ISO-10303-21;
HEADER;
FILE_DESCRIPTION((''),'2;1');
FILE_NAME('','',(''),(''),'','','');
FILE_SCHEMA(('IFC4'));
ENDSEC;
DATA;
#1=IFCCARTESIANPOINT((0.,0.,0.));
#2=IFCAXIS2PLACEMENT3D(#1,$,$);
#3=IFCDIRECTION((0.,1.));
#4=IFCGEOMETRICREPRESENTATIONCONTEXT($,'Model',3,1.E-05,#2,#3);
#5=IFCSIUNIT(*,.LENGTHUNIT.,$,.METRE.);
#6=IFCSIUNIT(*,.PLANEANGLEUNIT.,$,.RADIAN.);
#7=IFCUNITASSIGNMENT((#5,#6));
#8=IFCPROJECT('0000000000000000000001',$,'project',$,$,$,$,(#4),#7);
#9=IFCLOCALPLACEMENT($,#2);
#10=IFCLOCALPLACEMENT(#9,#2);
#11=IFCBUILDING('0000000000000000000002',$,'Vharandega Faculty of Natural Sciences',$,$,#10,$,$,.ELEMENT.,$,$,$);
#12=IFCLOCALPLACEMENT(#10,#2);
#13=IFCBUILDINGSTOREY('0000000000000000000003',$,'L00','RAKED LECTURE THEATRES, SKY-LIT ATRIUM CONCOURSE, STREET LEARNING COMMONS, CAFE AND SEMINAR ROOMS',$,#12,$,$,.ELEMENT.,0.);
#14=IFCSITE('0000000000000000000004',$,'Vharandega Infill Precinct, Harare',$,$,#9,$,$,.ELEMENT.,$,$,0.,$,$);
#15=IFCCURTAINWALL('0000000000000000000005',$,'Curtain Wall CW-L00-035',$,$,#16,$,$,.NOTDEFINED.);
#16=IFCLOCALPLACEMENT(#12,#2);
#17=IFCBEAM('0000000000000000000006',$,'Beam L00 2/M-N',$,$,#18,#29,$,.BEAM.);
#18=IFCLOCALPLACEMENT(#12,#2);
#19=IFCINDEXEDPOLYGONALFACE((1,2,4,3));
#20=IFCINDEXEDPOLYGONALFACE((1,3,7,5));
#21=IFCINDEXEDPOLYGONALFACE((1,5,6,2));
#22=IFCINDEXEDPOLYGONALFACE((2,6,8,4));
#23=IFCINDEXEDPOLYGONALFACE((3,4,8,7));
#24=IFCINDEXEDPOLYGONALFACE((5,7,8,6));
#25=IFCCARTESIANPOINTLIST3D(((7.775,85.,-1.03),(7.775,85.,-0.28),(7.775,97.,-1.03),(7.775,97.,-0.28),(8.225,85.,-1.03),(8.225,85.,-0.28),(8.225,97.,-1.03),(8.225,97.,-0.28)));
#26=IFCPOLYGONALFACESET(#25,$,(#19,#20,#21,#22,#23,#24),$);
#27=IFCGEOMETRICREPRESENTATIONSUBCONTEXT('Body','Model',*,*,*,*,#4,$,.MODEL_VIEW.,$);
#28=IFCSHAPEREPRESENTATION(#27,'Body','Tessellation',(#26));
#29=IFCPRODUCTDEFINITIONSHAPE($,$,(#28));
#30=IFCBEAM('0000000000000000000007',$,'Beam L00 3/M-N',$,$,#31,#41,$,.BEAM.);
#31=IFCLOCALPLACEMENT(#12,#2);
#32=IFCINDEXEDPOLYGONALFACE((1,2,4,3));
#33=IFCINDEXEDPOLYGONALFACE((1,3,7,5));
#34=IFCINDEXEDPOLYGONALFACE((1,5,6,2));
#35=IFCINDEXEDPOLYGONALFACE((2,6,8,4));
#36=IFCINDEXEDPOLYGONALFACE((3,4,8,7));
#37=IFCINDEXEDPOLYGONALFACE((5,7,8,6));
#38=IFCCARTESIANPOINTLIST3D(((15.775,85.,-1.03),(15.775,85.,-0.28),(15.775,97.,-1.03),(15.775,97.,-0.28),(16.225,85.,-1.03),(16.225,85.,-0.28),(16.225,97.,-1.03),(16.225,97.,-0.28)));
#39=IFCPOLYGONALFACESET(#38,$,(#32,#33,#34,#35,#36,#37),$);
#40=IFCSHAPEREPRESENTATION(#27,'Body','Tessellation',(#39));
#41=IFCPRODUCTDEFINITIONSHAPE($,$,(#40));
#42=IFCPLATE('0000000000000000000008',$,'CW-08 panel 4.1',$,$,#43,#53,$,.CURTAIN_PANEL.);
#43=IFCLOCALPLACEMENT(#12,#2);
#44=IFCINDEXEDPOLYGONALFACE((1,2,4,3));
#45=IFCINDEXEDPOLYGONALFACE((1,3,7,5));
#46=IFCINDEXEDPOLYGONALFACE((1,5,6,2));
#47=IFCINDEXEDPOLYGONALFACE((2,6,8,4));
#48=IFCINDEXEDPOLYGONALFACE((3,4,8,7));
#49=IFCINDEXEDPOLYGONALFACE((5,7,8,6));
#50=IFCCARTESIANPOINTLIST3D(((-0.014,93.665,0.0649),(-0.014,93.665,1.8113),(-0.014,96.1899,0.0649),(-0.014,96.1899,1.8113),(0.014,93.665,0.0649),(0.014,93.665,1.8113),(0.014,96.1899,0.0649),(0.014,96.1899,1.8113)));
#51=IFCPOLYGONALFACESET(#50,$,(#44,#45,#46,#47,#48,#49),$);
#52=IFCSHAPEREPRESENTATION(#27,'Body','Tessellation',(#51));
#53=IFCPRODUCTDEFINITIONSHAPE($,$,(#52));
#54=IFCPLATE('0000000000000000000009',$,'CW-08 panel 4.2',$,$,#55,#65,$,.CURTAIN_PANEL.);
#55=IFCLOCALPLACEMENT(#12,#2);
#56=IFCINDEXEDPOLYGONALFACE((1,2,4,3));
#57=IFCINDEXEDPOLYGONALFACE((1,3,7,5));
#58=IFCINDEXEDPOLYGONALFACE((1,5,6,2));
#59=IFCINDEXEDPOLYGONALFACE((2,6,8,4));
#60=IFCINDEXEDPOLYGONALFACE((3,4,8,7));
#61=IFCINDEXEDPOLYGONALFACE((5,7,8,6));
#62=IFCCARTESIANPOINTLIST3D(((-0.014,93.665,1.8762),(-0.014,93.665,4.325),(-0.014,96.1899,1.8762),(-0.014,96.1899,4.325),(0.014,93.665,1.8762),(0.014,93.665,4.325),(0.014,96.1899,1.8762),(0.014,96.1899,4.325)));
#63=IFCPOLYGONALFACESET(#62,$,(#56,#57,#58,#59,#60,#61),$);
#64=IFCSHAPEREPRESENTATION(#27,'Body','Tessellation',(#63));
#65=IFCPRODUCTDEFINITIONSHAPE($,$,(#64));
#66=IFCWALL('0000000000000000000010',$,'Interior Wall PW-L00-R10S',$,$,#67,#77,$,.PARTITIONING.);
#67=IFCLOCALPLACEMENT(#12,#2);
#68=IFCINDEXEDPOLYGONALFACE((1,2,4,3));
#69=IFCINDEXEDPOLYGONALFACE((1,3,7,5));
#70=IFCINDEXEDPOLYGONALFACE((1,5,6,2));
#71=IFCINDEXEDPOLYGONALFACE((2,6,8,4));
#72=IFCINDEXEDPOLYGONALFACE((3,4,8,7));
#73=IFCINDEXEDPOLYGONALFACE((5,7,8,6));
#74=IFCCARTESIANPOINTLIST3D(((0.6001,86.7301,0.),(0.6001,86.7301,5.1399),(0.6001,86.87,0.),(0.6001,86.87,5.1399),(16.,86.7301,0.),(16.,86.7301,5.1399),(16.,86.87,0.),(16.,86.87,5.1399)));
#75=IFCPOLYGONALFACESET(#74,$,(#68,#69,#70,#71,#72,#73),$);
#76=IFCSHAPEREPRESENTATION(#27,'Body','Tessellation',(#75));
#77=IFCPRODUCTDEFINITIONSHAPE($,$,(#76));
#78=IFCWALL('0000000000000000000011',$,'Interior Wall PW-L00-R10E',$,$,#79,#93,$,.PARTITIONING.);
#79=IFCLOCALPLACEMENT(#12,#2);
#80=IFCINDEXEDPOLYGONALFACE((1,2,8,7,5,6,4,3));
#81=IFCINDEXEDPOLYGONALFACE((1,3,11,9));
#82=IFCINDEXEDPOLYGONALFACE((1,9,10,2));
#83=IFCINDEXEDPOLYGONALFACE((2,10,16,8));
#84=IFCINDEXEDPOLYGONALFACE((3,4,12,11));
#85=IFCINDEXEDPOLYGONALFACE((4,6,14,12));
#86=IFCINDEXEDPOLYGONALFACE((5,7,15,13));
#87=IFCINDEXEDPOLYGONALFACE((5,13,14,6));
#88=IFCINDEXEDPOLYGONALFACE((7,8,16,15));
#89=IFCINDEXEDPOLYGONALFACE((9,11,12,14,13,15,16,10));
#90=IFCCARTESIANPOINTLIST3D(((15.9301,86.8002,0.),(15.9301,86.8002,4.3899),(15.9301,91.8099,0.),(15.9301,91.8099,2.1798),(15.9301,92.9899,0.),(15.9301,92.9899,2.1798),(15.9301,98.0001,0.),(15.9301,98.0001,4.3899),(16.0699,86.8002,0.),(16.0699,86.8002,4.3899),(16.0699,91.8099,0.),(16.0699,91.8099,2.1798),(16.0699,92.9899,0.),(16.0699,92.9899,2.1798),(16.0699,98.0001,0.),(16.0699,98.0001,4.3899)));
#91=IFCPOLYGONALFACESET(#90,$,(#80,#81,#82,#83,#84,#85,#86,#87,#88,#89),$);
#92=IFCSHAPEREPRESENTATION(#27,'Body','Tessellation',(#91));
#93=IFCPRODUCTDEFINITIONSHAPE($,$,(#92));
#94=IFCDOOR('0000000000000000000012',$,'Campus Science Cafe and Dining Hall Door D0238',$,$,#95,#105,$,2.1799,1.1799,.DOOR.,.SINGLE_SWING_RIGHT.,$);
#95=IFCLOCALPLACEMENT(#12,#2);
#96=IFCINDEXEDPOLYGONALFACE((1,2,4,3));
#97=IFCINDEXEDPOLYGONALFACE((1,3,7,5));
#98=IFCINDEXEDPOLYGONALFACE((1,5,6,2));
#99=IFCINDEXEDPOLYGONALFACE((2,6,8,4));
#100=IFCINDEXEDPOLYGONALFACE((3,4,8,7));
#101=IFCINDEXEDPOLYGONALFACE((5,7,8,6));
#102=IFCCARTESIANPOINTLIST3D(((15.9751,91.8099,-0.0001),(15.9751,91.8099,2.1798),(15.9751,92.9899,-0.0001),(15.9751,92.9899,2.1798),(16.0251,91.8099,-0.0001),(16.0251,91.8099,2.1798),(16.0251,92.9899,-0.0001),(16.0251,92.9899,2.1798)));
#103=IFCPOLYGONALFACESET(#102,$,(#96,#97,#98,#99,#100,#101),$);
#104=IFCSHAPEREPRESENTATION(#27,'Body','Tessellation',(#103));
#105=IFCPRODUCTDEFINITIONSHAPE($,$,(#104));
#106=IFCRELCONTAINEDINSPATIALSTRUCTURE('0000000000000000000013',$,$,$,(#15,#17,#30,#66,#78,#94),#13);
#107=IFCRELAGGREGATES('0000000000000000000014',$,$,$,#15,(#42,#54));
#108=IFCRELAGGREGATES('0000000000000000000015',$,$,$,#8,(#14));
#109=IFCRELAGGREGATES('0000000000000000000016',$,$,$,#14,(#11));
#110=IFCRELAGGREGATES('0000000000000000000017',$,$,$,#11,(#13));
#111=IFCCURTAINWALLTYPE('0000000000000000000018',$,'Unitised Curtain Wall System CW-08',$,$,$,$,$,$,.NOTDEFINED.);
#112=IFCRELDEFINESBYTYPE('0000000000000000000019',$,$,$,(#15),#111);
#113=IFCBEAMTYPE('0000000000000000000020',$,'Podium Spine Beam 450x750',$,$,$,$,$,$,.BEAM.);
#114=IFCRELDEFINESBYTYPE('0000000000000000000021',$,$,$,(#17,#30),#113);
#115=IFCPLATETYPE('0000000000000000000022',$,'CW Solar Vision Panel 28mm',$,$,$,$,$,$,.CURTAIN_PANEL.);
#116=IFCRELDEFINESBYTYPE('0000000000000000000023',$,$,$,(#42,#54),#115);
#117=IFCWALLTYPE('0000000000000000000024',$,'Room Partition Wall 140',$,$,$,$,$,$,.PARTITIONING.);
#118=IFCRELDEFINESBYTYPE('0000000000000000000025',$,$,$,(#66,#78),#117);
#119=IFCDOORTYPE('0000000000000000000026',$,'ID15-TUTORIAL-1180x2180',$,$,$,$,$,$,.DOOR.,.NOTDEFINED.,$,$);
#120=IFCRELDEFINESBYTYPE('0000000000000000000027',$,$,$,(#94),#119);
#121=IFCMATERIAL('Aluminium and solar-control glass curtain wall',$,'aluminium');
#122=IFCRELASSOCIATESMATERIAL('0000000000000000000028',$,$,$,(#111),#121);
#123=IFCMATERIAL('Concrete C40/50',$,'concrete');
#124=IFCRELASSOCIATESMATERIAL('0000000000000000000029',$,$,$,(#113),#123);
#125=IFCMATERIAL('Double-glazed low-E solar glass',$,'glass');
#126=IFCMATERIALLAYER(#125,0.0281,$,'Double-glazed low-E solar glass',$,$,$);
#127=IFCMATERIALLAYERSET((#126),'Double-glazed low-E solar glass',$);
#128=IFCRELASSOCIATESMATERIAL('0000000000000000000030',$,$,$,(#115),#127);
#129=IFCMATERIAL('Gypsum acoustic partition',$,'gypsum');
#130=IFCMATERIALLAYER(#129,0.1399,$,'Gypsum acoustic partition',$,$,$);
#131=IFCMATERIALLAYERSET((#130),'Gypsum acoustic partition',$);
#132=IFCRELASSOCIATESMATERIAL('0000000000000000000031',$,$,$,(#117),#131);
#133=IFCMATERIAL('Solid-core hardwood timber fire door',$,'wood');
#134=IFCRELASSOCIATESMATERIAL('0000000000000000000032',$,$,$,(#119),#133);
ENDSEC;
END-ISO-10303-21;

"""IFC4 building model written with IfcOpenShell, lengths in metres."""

from ifc_helpers import new_model, si_unit, direction, frame, frame_2d, origin, origin_2d, place, context, subcontext, project, spatial, rectangle, extrude, material, layer, layer_set, material_profile, profile_set, type_object, element, fill, aggregate, save


model = new_model("IFC4")

# Units and contexts
model_context = context("Model", 3, precision=1e-05, world=origin(), true_north=direction((0.0, 1.0)))
body_context = subcontext(model_context, "Body", "Model", "MODEL_VIEW")
ifc_project = project(units=[si_unit("LENGTHUNIT", "METRE"), si_unit("PLANEANGLEUNIT", "RADIAN")], contexts=[model_context])

# Site, building, storey
site_placement = place(None, origin())
site = spatial("IfcSite", under=ifc_project, at=site_placement, Name="Vharandega Infill Precinct, Harare", CompositionType="ELEMENT", RefElevation=0.0)
building_placement = place(site_placement, origin())
building = spatial("IfcBuilding", under=site, at=building_placement, Name="Vharandega Faculty of Natural Sciences", CompositionType="ELEMENT")
storey_placement = place(building_placement, origin())
storey = spatial("IfcBuildingStorey", under=building, at=storey_placement, Name="L00", Description="RAKED LECTURE THEATRES, SKY-LIT ATRIUM CONCOURSE, STREET LEARNING COMMONS, CAFE AND SEMINAR ROOMS", CompositionType="ELEMENT", Elevation=0.0)

# Curtain wall
ifc_material_1 = material(Name="Aluminium and solar-control glass curtain wall", Category="aluminium")
curtain_wall_type = type_object("IfcCurtainWallType", Name="Unitised Curtain Wall System CW-08", PredefinedType="NOTDEFINED", material=ifc_material_1)
curtain_wall_placement = place(storey_placement, origin())
curtain_wall = element("IfcCurtainWall", 1, at=curtain_wall_placement, inside=storey, type_object=curtain_wall_type, Name="Curtain Wall CW-L00-035", PredefinedType="NOTDEFINED")

# Beams
ifc_material_2 = material(Name="Concrete C40/50", Category="concrete")
ifc_material_profile_1 = material_profile(ifc_material_2, rectangle(XDim=0.45, YDim=0.75, at=origin_2d()), Name="RC 450x750")
ifc_profile_set_1 = profile_set([ifc_material_profile_1], Name="Concrete C40/50")
beam_type_1 = type_object("IfcBeamType", Name="Podium Spine Beam 450x750", PredefinedType="BEAM", material=ifc_profile_set_1)
for number, where, z_axis, x_axis, name in (
    (2, (8.0, 85.0, -0.655), (0.0, 1.0, 0.0), (-1.0, 0.0, 0.0), "Beam L00 2/M-N"),
    (3, (16.0, 85.0, -0.655), (0.0, 1.0, 0.0), (-1.0, 0.0, 0.0), "Beam L00 3/M-N"),
):
    element("IfcBeam", number, at=place(storey_placement, frame(where, z_axis=z_axis, x_axis=x_axis)), inside=storey, type_object=beam_type_1, Name=name, PredefinedType="BEAM", context=body_context, shape_type="SweptSolid", body=[
        extrude(rectangle(XDim=0.45, YDim=0.75, at=origin_2d()), origin(), (0.0, 0.0, 1.0), 12.0),
    ])

# Plates
ifc_material_3 = material(Name="Double-glazed low-E solar glass", Category="glass")
ifc_layer_1 = layer(ifc_material_3, 0.0281, Name="Double-glazed low-E solar glass")
ifc_layer_set_1 = layer_set([ifc_layer_1], Name="Double-glazed low-E solar glass")
plate_type = type_object("IfcPlateType", Name="CW Solar Vision Panel 28mm", PredefinedType="CURTAIN_PANEL", material=ifc_layer_set_1)
plate_1_placement = place(storey_placement, frame((0.0, 94.9275, 0.0649), z_axis=(0.0, 0.0, 1.0), x_axis=(0.0, 1.0, 0.0)))
plate_1 = element("IfcPlate", 4, at=plate_1_placement, type_object=plate_type, Name="CW-08 panel 4.1", PredefinedType="CURTAIN_PANEL", context=body_context, shape_type="SweptSolid", body=[
    extrude(rectangle(XDim=2.5249, YDim=0.0281, at=origin_2d()), origin(), (0.0, 0.0, 1.0), 1.7463),
])
plate_2_placement = place(storey_placement, frame((0.0, 94.9275, 1.8762), z_axis=(0.0, 0.0, 1.0), x_axis=(0.0, 1.0, 0.0)))
plate_2 = element("IfcPlate", 5, at=plate_2_placement, type_object=plate_type, Name="CW-08 panel 4.2", PredefinedType="CURTAIN_PANEL", context=body_context, shape_type="SweptSolid", body=[
    extrude(rectangle(XDim=2.5249, YDim=0.0281, at=origin_2d()), origin(), (0.0, 0.0, 1.0), 2.4487),
])
aggregate(curtain_wall, [plate_1, plate_2])

# Wall
ifc_material_4 = material(Name="Gypsum acoustic partition", Category="gypsum")
ifc_layer_2 = layer(ifc_material_4, 0.1399, Name="Gypsum acoustic partition")
ifc_layer_set_2 = layer_set([ifc_layer_2], Name="Gypsum acoustic partition")
wall_type = type_object("IfcWallType", Name="Room Partition Wall 140", PredefinedType="PARTITIONING", material=ifc_layer_set_2)
wall_1_placement = place(storey_placement, frame((0.6001, 86.8, 0.0), z_axis=(0.0, 0.0, 1.0), x_axis=(1.0, 0.0, 0.0)))
element("IfcWall", 6, at=wall_1_placement, inside=storey, type_object=wall_type, Name="Interior Wall PW-L00-R10S", PredefinedType="PARTITIONING", context=body_context, shape_type="SweptSolid", body=[
    extrude(rectangle(XDim=15.3999, YDim=0.1399, at=frame_2d((7.7, 0.0))), origin(), (0.0, 0.0, 1.0), 5.1399),
])

# Wall, opening, door
wall_2_placement = place(storey_placement, frame((16.0, 86.8, 0.0), z_axis=(0.0, 0.0, 1.0), x_axis=(0.0, 1.0, 0.0)))
wall_2 = element("IfcWall", 7, at=wall_2_placement, inside=storey, type_object=wall_type, Name="Interior Wall PW-L00-R10E", PredefinedType="PARTITIONING", context=body_context, shape_type="SweptSolid", body=[
    extrude(rectangle(XDim=11.2, YDim=0.1399, at=frame_2d((5.6001, 0.0))), origin(), (0.0, 0.0, 1.0), 4.3899),
])
opening_placement = place(wall_2_placement, frame((5.01, 0.0, 0.0)))
opening = element("IfcOpeningElement", 8, at=opening_placement, cuts=wall_2, PredefinedType="OPENING", context=body_context, shape_type="SweptSolid", body=[
    extrude(rectangle(XDim=1.1799, YDim=2.1799, at=frame_2d((0.5898, 1.0898))), frame((0.0, 0.0801, 0.0), z_axis=(0.0, -1.0, 0.0), x_axis=(1.0, 0.0, 0.0)), (0.0, 0.0, 1.0), 0.1599),
])
ifc_material_5 = material(Name="Solid-core hardwood timber fire door", Category="wood")
door_type = type_object("IfcDoorType", Name="ID15-TUTORIAL-1180x2180", OperationType="NOTDEFINED", PredefinedType="DOOR", material=ifc_material_5)
door_placement = place(opening_placement, origin())
door = element("IfcDoor", 9, at=door_placement, inside=storey, type_object=door_type, Name="Campus Science Cafe and Dining Hall Door D0238", OperationType="SINGLE_SWING_RIGHT", OverallHeight=2.1799, OverallWidth=1.1799, PredefinedType="DOOR", context=body_context, shape_type="SweptSolid", body=[
    extrude(rectangle(XDim=1.1799, YDim=2.1799, at=frame_2d((0.5898, 1.0898))), frame((0.0, 0.0249, 0.0), z_axis=(0.0, -1.0, 0.0), x_axis=(1.0, 0.0, 0.0)), (0.0, 0.0, 1.0), 0.05),
])
fill(opening, door)

save(model, "model.ifc")
